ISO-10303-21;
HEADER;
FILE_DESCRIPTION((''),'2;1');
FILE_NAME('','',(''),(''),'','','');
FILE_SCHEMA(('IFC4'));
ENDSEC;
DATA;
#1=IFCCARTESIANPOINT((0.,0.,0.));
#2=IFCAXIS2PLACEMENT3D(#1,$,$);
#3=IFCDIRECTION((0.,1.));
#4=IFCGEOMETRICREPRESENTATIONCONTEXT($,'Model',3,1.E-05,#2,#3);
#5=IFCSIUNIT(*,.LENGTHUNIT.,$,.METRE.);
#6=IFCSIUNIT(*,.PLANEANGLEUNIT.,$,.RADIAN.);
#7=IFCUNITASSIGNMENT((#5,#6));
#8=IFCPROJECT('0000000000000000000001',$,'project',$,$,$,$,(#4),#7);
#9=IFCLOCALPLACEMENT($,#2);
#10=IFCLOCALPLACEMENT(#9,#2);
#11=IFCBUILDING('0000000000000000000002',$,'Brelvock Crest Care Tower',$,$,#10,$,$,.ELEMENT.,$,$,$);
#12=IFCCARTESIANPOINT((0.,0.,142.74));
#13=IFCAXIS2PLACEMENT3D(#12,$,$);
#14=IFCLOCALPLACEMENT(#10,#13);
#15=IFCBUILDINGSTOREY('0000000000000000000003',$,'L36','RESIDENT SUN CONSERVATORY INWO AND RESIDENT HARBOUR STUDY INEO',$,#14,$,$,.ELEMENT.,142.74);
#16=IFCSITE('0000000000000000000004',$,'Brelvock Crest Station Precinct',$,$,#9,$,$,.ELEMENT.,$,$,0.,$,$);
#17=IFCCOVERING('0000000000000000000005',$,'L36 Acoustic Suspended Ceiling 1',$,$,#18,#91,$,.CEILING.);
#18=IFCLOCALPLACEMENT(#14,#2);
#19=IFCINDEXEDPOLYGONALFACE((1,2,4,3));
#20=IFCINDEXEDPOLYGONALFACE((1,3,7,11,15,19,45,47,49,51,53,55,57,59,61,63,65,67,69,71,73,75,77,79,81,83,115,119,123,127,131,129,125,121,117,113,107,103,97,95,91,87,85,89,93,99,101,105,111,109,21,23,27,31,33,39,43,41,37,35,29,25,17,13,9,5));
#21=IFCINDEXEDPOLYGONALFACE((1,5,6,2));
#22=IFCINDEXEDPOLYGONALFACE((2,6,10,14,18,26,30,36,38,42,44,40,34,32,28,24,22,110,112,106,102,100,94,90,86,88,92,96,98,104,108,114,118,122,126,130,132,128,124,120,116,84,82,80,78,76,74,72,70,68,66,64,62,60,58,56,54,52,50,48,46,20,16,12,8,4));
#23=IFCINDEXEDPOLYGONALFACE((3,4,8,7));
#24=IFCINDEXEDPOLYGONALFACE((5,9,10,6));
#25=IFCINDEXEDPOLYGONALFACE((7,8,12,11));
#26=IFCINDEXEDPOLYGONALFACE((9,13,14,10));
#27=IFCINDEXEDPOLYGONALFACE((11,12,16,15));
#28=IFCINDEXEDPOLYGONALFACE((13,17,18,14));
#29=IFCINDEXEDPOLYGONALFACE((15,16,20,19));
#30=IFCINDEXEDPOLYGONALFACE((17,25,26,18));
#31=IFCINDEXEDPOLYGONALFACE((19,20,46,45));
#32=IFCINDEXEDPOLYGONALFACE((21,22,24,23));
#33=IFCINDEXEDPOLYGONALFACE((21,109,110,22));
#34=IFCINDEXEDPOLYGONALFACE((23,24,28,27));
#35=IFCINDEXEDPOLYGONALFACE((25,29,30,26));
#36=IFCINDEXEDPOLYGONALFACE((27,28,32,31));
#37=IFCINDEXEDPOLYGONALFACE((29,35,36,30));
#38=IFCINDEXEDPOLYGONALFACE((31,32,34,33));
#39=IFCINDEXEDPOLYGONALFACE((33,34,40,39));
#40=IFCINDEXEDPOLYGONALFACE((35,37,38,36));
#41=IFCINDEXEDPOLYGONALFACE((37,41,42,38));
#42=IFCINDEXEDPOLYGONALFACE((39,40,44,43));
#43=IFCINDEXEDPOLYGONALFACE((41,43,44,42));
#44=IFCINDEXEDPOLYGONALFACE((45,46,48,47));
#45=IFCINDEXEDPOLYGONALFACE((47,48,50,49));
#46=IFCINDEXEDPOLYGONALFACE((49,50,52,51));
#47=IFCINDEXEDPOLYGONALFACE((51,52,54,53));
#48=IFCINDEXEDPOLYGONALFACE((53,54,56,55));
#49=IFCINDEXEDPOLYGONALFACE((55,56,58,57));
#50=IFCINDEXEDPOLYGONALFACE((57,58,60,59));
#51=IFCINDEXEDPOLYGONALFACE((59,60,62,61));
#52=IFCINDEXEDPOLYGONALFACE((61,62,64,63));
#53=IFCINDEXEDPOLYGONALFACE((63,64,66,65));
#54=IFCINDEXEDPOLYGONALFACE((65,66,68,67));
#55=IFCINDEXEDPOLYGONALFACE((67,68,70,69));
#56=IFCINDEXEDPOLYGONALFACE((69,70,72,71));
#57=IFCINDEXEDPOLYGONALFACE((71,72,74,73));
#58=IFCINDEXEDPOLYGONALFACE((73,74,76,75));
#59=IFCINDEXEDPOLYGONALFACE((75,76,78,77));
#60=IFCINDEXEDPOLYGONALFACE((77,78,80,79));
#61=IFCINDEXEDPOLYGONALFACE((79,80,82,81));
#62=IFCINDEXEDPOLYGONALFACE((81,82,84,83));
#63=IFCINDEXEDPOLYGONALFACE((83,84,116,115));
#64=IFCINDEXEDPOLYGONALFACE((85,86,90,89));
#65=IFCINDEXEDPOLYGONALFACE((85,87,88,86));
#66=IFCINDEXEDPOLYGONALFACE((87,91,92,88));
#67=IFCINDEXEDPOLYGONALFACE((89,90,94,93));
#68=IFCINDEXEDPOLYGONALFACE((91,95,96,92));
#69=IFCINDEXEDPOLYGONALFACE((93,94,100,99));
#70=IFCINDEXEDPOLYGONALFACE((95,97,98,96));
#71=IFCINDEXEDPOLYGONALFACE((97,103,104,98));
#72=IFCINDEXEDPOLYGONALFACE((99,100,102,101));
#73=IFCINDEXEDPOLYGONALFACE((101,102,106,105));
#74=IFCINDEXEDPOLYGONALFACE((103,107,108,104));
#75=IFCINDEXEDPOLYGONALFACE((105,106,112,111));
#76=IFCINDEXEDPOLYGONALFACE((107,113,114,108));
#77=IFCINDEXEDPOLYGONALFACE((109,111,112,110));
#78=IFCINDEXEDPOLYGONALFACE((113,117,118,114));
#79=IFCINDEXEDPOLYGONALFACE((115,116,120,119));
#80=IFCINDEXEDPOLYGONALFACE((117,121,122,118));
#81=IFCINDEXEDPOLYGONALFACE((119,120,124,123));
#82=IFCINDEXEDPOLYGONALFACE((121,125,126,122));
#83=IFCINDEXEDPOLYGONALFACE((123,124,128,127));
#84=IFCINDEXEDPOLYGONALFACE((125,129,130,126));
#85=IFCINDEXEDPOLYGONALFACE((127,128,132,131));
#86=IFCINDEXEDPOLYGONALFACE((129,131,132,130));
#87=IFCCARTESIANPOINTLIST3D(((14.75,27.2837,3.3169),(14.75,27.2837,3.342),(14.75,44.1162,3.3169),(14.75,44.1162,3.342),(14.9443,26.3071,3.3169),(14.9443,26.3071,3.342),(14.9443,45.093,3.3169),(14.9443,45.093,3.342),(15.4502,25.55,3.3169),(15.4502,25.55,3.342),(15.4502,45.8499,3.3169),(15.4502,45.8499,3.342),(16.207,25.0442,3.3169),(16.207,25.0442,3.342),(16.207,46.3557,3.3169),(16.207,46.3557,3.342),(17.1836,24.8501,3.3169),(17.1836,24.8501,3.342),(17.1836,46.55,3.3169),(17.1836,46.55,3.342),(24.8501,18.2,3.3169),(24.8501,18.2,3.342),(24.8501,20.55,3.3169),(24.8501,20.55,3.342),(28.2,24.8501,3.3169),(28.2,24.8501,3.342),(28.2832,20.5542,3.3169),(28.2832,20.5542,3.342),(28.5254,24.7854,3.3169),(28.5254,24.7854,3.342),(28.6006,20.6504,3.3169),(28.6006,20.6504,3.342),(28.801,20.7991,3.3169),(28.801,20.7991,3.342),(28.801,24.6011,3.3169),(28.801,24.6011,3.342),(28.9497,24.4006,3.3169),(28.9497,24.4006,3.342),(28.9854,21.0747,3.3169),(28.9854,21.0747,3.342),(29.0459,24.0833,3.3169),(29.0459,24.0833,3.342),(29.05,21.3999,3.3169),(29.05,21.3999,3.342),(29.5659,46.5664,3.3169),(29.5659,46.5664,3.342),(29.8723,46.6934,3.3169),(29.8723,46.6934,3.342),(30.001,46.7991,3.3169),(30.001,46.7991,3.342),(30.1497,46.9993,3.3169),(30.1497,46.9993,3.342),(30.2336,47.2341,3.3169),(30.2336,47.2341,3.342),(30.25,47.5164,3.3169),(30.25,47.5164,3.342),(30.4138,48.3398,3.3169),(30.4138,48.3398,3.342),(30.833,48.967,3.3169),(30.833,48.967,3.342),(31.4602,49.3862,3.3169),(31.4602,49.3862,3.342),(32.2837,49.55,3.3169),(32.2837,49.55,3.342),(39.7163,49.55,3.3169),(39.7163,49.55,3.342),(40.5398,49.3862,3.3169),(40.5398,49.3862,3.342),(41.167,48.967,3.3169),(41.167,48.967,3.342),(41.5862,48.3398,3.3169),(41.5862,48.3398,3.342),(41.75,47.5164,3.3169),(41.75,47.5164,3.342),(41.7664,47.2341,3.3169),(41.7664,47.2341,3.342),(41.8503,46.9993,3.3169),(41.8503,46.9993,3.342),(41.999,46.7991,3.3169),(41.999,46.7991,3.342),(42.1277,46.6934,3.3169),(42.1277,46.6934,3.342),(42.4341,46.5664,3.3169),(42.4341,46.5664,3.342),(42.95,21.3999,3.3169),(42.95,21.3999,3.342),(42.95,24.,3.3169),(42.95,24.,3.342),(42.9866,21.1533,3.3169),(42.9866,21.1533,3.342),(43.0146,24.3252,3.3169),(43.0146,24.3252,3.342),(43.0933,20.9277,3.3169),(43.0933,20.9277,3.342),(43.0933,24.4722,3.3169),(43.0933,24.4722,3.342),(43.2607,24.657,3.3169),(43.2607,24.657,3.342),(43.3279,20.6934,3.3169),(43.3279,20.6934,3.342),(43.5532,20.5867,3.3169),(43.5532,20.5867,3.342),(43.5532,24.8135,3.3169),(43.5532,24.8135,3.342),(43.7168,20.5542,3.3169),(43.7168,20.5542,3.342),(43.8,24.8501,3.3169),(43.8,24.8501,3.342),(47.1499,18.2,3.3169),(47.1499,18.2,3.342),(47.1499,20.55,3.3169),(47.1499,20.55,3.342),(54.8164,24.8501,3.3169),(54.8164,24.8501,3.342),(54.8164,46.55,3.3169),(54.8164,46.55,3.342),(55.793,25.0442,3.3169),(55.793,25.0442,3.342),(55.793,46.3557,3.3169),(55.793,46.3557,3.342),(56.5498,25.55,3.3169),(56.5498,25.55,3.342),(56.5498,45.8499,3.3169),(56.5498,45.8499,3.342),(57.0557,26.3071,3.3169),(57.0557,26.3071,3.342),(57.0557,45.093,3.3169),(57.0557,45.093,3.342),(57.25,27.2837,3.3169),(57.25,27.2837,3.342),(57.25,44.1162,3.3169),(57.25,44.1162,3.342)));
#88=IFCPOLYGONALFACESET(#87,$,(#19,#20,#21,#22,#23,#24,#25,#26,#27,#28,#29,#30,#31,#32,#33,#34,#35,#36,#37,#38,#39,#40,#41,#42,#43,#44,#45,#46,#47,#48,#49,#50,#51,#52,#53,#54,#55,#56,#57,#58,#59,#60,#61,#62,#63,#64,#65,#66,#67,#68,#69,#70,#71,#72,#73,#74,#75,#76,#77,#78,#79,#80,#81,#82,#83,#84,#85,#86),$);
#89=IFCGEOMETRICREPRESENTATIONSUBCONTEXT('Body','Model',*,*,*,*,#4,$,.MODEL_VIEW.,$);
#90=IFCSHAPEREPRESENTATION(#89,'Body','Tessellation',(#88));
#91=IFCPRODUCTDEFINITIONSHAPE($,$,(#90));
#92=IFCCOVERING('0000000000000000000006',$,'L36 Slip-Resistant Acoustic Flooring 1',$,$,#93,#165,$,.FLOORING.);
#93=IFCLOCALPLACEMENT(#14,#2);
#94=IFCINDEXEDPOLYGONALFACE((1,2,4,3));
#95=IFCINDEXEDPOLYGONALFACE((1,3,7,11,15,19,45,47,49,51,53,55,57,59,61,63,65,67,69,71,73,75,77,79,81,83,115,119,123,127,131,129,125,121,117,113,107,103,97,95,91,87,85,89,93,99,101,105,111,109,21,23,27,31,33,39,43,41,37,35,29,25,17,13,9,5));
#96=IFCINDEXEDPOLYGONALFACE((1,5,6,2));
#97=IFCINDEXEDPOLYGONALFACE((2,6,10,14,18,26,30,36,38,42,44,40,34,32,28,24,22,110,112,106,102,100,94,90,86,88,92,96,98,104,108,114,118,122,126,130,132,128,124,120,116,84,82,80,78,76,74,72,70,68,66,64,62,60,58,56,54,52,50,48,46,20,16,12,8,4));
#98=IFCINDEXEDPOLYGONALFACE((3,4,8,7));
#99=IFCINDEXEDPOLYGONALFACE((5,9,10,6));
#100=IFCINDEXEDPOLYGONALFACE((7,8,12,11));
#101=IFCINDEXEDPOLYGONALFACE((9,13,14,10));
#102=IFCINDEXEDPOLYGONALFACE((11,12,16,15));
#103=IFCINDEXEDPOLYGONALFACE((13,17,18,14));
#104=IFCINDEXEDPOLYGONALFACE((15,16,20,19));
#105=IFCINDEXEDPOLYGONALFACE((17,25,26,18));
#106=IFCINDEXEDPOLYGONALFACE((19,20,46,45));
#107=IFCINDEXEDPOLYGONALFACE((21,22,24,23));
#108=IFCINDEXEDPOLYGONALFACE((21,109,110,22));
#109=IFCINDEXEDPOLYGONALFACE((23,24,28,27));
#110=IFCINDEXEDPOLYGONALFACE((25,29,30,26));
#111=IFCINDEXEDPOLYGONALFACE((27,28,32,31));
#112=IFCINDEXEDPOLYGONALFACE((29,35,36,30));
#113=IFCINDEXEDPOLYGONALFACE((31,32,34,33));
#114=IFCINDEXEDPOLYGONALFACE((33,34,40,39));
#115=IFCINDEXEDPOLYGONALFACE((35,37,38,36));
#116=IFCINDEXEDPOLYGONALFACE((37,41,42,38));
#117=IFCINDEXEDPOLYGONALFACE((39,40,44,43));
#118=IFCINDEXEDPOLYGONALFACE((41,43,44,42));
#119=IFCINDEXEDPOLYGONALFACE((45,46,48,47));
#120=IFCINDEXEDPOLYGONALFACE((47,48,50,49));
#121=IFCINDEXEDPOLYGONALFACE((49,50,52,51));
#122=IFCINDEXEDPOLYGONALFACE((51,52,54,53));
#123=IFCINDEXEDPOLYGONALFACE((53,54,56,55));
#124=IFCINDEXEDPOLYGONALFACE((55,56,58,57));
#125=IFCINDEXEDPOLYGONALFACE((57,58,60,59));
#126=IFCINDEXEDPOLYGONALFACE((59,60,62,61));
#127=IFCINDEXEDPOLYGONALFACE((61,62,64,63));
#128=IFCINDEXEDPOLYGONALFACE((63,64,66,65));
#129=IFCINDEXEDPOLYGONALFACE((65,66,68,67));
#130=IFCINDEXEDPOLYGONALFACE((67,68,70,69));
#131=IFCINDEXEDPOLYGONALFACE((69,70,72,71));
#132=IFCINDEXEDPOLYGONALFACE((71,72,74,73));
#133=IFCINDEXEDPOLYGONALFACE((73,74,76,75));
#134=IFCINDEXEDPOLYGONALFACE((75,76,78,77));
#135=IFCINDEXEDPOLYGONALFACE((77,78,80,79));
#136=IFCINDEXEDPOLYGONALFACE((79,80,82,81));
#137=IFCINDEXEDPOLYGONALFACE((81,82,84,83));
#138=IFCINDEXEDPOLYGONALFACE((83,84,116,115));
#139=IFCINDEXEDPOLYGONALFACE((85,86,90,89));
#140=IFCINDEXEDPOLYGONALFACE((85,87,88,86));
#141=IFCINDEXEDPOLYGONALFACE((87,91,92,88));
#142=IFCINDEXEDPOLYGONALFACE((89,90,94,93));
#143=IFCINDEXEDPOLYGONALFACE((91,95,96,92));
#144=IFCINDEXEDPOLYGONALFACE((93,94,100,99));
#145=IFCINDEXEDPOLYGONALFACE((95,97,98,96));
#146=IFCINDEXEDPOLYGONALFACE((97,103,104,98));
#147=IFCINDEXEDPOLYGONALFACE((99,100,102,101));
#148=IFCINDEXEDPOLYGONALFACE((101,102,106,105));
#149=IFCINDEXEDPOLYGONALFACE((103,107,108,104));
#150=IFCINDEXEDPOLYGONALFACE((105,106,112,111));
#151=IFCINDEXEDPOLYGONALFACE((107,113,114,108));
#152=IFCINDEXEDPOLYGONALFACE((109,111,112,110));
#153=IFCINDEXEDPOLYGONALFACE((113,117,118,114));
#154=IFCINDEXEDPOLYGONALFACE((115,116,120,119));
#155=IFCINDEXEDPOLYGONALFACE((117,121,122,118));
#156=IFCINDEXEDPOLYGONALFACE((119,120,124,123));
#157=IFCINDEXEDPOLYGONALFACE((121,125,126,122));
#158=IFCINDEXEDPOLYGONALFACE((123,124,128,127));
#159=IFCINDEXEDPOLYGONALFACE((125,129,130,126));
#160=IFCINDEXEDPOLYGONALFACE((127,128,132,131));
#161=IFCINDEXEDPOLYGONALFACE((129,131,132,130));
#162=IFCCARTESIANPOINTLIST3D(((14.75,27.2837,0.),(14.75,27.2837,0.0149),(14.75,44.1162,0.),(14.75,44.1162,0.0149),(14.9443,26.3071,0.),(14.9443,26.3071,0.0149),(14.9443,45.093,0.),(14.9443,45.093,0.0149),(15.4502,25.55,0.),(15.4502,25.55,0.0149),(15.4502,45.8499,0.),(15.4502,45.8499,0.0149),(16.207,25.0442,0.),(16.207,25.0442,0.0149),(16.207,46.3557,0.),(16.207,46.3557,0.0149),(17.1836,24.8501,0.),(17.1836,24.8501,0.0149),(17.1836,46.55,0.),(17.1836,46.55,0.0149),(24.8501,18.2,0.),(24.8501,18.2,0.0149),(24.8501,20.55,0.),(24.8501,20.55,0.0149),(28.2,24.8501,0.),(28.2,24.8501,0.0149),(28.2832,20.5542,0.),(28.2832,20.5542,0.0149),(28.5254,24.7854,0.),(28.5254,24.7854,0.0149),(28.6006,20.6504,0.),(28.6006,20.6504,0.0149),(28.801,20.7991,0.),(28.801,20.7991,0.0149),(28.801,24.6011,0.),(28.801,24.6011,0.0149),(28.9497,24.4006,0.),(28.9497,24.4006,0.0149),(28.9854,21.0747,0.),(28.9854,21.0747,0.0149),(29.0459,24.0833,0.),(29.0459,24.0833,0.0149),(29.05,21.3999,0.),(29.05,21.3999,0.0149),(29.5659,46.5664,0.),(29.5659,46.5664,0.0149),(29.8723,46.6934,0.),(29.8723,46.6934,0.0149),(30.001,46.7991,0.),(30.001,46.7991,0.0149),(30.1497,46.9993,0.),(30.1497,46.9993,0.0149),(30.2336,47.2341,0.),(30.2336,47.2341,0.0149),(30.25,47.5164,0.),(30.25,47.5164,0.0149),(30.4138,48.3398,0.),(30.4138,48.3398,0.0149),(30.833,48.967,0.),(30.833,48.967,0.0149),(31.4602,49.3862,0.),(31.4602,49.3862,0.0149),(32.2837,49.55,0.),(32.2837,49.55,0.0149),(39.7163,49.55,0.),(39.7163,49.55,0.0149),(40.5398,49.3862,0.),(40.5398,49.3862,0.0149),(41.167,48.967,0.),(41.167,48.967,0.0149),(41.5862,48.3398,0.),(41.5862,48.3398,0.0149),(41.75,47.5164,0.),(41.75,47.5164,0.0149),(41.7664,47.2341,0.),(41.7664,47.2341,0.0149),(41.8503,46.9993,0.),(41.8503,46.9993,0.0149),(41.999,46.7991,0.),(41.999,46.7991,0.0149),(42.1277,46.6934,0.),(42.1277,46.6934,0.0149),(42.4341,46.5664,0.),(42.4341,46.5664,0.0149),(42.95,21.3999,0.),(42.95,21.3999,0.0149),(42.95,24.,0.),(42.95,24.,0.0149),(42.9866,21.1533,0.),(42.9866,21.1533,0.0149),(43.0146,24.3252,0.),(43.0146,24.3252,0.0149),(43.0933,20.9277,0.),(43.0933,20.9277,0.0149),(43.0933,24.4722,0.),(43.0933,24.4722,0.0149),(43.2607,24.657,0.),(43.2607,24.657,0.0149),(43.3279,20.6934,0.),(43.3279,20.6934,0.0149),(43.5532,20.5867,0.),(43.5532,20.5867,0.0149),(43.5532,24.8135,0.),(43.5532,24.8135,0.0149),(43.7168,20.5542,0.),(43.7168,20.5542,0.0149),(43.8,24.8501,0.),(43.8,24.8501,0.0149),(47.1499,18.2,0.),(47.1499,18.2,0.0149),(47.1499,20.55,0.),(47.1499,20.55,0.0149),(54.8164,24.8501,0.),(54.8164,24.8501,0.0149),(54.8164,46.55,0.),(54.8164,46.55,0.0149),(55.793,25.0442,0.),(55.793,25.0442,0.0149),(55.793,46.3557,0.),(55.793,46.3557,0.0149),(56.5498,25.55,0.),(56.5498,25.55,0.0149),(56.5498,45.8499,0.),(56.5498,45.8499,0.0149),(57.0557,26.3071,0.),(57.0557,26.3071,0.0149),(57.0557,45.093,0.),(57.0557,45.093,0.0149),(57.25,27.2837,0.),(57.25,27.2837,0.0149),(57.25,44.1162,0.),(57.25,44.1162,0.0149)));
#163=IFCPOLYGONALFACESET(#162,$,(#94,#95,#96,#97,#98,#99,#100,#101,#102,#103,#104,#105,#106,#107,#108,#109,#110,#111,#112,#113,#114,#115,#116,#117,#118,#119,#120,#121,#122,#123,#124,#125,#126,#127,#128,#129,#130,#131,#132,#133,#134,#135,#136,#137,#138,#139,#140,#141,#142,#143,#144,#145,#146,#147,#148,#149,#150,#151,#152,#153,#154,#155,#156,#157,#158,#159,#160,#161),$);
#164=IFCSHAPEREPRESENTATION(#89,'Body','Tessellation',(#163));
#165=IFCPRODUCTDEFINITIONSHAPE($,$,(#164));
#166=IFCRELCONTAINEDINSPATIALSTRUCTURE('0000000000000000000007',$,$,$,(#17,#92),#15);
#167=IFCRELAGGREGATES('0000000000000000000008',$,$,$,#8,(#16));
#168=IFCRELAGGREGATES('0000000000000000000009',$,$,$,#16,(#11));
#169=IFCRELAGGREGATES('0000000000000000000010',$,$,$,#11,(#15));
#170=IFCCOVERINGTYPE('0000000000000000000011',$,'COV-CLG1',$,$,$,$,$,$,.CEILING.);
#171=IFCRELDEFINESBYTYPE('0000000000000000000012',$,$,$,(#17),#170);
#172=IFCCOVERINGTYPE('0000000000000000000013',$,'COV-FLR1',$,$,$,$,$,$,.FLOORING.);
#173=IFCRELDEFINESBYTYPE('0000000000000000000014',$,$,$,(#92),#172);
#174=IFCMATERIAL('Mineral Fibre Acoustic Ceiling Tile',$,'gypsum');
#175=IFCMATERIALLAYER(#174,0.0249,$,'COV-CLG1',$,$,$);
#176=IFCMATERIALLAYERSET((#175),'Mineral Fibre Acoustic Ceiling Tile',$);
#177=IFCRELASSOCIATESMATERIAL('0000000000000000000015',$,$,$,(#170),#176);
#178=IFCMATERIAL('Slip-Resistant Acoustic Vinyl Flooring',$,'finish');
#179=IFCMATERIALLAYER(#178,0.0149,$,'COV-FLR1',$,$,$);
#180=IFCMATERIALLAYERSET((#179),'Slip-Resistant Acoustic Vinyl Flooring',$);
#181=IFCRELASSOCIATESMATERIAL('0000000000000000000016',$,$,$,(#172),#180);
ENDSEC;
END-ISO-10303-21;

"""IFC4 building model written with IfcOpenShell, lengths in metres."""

from ifc_helpers import new_model, si_unit, direction, frame, origin, place, context, subcontext, project, spatial, polyline, outline, extrude, material, layer, layer_set, type_object, element, save


model = new_model("IFC4")

# Units and contexts
model_context = context("Model", 3, precision=1e-05, world=origin(), true_north=direction((0.0, 1.0)))
body_context = subcontext(model_context, "Body", "Model", "MODEL_VIEW")
ifc_project = project(units=[si_unit("LENGTHUNIT", "METRE"), si_unit("PLANEANGLEUNIT", "RADIAN")], contexts=[model_context])

# Site, building, storey
site_placement = place(None, origin())
site = spatial("IfcSite", under=ifc_project, at=site_placement, Name="Brelvock Crest Station Precinct", CompositionType="ELEMENT", RefElevation=0.0)
building_placement = place(site_placement, origin())
building = spatial("IfcBuilding", under=site, at=building_placement, Name="Brelvock Crest Care Tower", CompositionType="ELEMENT")
storey_placement = place(building_placement, frame((0.0, 0.0, 142.74)))
storey = spatial("IfcBuildingStorey", under=building, at=storey_placement, Name="L36", Description="RESIDENT SUN CONSERVATORY INWO AND RESIDENT HARBOUR STUDY INEO", CompositionType="ELEMENT", Elevation=142.74)

# Coverings
ifc_material_1 = material(Name="Mineral Fibre Acoustic Ceiling Tile", Category="gypsum")
ifc_layer_1 = layer(ifc_material_1, 0.0249, Name="COV-CLG1")
ifc_layer_set_1 = layer_set([ifc_layer_1], Name="Mineral Fibre Acoustic Ceiling Tile")
covering_type_1 = type_object("IfcCoveringType", Name="COV-CLG1", PredefinedType="CEILING", material=ifc_layer_set_1)
covering_1_placement = place(storey_placement, frame((0.0, 0.0, 3.3169)))
element("IfcCovering", 1, at=covering_1_placement, inside=storey, type_object=covering_type_1, Name="L36 Acoustic Suspended Ceiling 1", PredefinedType="CEILING", context=body_context, shape_type="SweptSolid", body=[
    extrude(outline(polyline([(24.8501, 18.2), (47.1499, 18.2), (47.1499, 20.55), (43.7168, 20.5542), (43.5532, 20.5867), (43.3279, 20.6934), (43.0933, 20.9277), (42.9866, 21.1533), (42.95, 21.3999), (42.95, 24.0), (43.0146, 24.3252), (43.0933, 24.4722), (43.2607, 24.657), (43.5532, 24.8135), (43.8, 24.8501), (54.8164, 24.8501), (55.793, 25.0442), (56.5498, 25.55), (57.0557, 26.3071), (57.25, 27.2837), (57.25, 44.1162), (57.0557, 45.093), (56.5498, 45.8499), (55.793, 46.3557), (54.8164, 46.55), (42.4341, 46.5664), (42.1277, 46.6934), (41.999, 46.7991), (41.8503, 46.9993), (41.7664, 47.2341), (41.75, 47.5164), (41.5862, 48.3398), (41.167, 48.967), (40.5398, 49.3862), (39.7163, 49.55), (32.2837, 49.55), (31.4602, 49.3862), (30.833, 48.967), (30.4138, 48.3398), (30.25, 47.5164), (30.2336, 47.2341), (30.1497, 46.9993), (30.001, 46.7991), (29.8723, 46.6934), (29.5659, 46.5664), (17.1836, 46.55), (16.207, 46.3557), (15.4502, 45.8499), (14.9443, 45.093), (14.75, 44.1162), (14.75, 27.2837), (14.9443, 26.3071), (15.4502, 25.55), (16.207, 25.0442), (17.1836, 24.8501), (28.2, 24.8501), (28.5254, 24.7854), (28.801, 24.6011), (28.9497, 24.4006), (29.0459, 24.0833), (29.05, 21.3999), (28.9854, 21.0747), (28.801, 20.7991), (28.6006, 20.6504), (28.2832, 20.5542), (24.8501, 20.55), (24.8501, 18.2)])), origin(), (0.0, 0.0, 1.0), 0.0251),
])
ifc_material_2 = material(Name="Slip-Resistant Acoustic Vinyl Flooring", Category="finish")
ifc_layer_2 = layer(ifc_material_2, 0.0149, Name="COV-FLR1")
ifc_layer_set_2 = layer_set([ifc_layer_2], Name="Slip-Resistant Acoustic Vinyl Flooring")
covering_type_2 = type_object("IfcCoveringType", Name="COV-FLR1", PredefinedType="FLOORING", material=ifc_layer_set_2)
covering_2_placement = place(storey_placement, origin())
element("IfcCovering", 2, at=covering_2_placement, inside=storey, type_object=covering_type_2, Name="L36 Slip-Resistant Acoustic Flooring 1", PredefinedType="FLOORING", context=body_context, shape_type="SweptSolid", body=[
    extrude(outline(polyline([(24.8501, 18.2), (47.1499, 18.2), (47.1499, 20.55), (43.7168, 20.5542), (43.5532, 20.5867), (43.3279, 20.6934), (43.0933, 20.9277), (42.9866, 21.1533), (42.95, 21.3999), (42.95, 24.0), (43.0146, 24.3252), (43.0933, 24.4722), (43.2607, 24.657), (43.5532, 24.8135), (43.8, 24.8501), (54.8164, 24.8501), (55.793, 25.0442), (56.5498, 25.55), (57.0557, 26.3071), (57.25, 27.2837), (57.25, 44.1162), (57.0557, 45.093), (56.5498, 45.8499), (55.793, 46.3557), (54.8164, 46.55), (42.4341, 46.5664), (42.1277, 46.6934), (41.999, 46.7991), (41.8503, 46.9993), (41.7664, 47.2341), (41.75, 47.5164), (41.5862, 48.3398), (41.167, 48.967), (40.5398, 49.3862), (39.7163, 49.55), (32.2837, 49.55), (31.4602, 49.3862), (30.833, 48.967), (30.4138, 48.3398), (30.25, 47.5164), (30.2336, 47.2341), (30.1497, 46.9993), (30.001, 46.7991), (29.8723, 46.6934), (29.5659, 46.5664), (17.1836, 46.55), (16.207, 46.3557), (15.4502, 45.8499), (14.9443, 45.093), (14.75, 44.1162), (14.75, 27.2837), (14.9443, 26.3071), (15.4502, 25.55), (16.207, 25.0442), (17.1836, 24.8501), (28.2, 24.8501), (28.5254, 24.7854), (28.801, 24.6011), (28.9497, 24.4006), (29.0459, 24.0833), (29.05, 21.3999), (28.9854, 21.0747), (28.801, 20.7991), (28.6006, 20.6504), (28.2832, 20.5542), (24.8501, 20.55), (24.8501, 18.2)])), origin(), (0.0, 0.0, 1.0), 0.0149),
])

save(model, "model.ifc")
